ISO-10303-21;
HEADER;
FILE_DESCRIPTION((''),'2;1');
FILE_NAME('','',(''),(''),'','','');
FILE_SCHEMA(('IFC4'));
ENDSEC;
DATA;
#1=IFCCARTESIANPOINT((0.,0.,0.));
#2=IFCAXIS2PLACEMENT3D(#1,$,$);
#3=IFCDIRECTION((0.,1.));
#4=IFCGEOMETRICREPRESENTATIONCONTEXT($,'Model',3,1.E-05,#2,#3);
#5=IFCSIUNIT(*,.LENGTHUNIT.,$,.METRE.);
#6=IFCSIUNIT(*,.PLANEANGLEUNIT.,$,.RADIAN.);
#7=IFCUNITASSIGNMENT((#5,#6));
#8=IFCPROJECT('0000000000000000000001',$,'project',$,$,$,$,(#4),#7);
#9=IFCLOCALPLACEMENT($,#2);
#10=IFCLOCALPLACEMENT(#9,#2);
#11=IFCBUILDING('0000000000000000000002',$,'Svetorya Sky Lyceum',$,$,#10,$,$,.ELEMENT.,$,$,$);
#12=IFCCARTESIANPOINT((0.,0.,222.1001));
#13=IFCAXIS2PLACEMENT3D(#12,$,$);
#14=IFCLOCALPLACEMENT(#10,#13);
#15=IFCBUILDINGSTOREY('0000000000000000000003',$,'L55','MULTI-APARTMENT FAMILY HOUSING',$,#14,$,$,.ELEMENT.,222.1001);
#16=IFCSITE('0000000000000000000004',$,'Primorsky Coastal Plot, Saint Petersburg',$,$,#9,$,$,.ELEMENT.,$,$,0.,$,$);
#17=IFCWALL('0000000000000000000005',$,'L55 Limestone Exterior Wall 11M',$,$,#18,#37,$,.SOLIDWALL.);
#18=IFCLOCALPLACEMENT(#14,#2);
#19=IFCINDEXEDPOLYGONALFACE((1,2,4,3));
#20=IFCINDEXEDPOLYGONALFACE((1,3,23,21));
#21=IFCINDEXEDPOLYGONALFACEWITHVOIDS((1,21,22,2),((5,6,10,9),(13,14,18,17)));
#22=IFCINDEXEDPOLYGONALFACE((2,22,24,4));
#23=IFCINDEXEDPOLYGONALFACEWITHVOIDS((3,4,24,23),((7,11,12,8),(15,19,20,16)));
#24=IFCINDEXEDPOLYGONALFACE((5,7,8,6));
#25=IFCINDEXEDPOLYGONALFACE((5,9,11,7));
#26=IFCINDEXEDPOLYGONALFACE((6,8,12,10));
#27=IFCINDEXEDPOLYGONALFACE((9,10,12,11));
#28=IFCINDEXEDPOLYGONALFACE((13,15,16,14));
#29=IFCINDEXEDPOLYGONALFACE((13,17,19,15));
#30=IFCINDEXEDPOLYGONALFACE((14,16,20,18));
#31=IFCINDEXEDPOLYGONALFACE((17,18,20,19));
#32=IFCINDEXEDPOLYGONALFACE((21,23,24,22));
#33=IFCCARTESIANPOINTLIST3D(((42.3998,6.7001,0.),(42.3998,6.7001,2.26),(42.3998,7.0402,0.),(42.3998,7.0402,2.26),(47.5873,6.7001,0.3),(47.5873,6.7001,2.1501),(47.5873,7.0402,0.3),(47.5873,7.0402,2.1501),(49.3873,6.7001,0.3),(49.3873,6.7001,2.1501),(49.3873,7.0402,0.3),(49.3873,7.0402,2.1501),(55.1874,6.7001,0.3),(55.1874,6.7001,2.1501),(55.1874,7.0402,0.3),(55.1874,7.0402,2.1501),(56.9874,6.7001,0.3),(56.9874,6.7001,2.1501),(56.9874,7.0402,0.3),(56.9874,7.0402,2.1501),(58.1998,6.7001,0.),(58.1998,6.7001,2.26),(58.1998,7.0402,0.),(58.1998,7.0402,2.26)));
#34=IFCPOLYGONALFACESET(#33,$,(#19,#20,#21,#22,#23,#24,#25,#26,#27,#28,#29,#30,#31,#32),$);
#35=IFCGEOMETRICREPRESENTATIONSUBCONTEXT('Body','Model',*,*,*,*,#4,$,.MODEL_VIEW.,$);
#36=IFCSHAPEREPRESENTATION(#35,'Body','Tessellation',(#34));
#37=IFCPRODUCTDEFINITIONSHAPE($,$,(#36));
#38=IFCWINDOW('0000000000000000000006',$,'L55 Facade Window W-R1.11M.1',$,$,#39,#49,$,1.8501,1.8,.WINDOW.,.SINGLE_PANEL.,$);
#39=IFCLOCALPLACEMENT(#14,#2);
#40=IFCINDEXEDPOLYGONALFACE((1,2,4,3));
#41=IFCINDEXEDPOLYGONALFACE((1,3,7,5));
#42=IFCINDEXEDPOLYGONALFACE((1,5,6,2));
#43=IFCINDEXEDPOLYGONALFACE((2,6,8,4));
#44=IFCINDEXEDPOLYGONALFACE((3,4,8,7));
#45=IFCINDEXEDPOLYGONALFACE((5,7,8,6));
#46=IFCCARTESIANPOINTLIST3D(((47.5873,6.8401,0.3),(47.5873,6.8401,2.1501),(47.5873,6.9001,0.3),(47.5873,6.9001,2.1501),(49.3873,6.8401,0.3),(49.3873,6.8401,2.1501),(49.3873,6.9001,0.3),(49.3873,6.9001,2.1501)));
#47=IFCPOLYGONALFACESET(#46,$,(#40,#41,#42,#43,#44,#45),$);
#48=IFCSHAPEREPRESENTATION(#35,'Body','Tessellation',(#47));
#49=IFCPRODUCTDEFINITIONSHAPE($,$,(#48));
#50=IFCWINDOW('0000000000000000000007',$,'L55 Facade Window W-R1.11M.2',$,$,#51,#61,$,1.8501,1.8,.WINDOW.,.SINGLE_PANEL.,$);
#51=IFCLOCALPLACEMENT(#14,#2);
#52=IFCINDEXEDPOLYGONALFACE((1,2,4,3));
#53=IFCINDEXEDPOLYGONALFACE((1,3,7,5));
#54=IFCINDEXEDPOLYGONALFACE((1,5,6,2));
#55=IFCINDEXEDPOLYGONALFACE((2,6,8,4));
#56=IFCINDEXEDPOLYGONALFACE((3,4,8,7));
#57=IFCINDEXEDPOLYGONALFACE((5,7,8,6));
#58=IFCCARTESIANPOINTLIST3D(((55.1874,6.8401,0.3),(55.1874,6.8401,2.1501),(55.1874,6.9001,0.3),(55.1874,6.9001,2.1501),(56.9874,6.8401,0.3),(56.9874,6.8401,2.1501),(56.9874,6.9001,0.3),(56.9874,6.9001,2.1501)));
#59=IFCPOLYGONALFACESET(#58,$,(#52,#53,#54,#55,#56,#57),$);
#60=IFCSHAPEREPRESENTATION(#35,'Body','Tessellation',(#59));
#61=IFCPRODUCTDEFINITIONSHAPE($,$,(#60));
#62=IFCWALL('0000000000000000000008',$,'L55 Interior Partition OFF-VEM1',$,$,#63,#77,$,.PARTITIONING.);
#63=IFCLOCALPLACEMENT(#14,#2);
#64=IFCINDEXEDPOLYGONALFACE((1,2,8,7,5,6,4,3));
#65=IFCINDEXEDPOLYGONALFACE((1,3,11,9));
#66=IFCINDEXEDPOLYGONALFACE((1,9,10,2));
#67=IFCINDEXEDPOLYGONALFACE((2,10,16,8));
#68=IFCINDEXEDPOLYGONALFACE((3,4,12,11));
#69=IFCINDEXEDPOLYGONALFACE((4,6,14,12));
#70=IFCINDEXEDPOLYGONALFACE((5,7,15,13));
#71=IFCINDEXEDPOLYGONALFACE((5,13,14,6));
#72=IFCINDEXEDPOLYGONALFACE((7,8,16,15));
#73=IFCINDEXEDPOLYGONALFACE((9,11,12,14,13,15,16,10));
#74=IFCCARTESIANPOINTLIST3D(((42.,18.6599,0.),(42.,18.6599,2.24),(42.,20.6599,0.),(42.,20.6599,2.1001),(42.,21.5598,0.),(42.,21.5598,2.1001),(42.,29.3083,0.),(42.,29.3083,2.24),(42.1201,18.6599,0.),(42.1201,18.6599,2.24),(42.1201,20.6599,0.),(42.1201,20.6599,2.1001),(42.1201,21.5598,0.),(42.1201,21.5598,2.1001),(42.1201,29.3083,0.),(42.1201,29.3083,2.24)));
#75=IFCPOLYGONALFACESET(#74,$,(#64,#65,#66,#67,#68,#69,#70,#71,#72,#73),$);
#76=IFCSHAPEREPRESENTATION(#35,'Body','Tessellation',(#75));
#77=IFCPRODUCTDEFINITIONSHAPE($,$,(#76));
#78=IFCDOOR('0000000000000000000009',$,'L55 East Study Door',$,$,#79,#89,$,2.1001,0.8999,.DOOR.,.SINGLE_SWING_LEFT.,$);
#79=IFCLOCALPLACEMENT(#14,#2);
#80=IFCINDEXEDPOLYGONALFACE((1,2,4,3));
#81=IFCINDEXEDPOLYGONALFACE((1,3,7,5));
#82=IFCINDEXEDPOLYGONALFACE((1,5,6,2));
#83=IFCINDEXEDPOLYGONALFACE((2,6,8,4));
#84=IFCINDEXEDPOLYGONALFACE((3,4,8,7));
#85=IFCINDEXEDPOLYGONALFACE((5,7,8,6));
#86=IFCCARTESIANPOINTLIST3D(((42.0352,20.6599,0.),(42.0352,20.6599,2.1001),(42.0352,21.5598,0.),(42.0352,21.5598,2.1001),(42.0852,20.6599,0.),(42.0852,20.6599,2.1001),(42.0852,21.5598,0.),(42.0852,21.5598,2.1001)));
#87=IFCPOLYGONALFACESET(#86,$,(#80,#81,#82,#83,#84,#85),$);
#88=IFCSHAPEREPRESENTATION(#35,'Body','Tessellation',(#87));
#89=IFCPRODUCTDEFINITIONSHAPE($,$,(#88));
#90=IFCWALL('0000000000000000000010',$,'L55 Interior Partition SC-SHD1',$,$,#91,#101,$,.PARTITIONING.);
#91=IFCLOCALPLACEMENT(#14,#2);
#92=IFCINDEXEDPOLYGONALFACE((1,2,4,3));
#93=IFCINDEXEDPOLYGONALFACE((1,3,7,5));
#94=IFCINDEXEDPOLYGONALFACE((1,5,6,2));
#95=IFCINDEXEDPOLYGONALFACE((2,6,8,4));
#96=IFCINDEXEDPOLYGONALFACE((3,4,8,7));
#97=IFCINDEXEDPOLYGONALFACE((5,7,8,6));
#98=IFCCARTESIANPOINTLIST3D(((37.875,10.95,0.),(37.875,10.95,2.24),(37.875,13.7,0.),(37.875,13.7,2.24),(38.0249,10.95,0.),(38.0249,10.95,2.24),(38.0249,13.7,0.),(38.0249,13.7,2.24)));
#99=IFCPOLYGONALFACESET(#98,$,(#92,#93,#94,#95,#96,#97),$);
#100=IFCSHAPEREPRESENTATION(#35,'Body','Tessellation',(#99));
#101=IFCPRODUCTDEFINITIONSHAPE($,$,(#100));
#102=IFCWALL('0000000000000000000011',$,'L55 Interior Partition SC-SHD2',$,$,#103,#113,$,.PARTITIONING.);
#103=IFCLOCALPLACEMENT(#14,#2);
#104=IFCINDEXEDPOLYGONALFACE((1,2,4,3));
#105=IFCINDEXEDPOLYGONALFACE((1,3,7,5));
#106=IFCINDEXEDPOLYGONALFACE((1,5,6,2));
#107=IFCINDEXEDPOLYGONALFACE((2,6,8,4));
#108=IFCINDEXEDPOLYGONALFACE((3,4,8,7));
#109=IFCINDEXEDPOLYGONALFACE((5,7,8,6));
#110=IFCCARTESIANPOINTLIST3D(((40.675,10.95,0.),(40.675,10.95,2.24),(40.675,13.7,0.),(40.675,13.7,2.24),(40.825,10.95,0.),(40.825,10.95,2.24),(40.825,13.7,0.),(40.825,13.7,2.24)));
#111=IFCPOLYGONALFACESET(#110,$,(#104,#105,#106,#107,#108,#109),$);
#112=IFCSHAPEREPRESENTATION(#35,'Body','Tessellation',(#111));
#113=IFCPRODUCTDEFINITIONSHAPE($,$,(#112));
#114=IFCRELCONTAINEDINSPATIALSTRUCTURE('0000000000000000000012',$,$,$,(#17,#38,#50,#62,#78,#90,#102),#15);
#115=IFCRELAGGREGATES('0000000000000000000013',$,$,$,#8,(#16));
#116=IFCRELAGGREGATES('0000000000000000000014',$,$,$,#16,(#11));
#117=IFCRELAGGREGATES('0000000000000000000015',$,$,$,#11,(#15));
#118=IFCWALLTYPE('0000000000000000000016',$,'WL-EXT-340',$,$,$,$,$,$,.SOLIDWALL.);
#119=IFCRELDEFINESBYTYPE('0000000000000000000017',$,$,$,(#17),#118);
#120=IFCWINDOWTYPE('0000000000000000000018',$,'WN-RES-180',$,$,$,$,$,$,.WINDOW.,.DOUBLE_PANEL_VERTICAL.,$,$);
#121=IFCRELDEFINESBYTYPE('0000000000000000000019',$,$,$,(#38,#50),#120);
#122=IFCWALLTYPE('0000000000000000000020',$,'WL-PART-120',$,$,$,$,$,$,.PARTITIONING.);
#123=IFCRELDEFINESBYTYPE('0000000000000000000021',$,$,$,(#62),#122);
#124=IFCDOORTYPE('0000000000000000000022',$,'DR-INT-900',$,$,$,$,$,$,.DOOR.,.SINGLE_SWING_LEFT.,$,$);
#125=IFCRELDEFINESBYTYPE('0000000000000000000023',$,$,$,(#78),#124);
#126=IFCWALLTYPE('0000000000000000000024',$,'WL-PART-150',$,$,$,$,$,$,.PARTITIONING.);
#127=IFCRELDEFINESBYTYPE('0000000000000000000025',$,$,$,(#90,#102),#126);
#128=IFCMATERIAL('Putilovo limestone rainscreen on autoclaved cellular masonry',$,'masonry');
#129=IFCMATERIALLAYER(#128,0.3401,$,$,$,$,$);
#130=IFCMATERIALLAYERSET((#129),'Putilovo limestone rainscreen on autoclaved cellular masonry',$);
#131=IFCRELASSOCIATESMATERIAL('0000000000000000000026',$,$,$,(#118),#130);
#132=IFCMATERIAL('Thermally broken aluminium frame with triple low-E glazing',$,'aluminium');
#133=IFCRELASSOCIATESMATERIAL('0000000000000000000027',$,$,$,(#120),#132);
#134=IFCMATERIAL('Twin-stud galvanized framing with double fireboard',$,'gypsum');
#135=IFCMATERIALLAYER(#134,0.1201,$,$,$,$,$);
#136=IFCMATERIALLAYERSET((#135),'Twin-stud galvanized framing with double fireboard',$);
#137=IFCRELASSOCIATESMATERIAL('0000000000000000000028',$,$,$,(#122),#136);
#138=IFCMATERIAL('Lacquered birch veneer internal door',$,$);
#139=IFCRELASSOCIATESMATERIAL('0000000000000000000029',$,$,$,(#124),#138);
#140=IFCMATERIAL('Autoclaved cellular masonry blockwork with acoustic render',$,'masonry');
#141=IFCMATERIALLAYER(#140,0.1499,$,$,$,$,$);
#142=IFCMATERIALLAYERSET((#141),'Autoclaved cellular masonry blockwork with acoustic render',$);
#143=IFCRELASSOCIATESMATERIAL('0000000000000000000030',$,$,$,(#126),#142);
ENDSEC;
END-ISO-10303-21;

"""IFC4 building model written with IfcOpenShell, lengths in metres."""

from ifc_helpers import new_model, si_unit, direction, frame, frame_2d, origin, place, context, subcontext, project, spatial, rectangle, extrude, material, layer, layer_set, type_object, element, fill, save


model = new_model("IFC4")

# Units and contexts
model_context = context("Model", 3, precision=1e-05, world=origin(), true_north=direction((0.0, 1.0)))
body_context = subcontext(model_context, "Body", "Model", "MODEL_VIEW")
ifc_project = project(units=[si_unit("LENGTHUNIT", "METRE"), si_unit("PLANEANGLEUNIT", "RADIAN")], contexts=[model_context])

# Site, building, storey
site_placement = place(None, origin())
site = spatial("IfcSite", under=ifc_project, at=site_placement, Name="Primorsky Coastal Plot, Saint Petersburg", CompositionType="ELEMENT", RefElevation=0.0)
building_placement = place(site_placement, origin())
building = spatial("IfcBuilding", under=site, at=building_placement, Name="Svetorya Sky Lyceum", CompositionType="ELEMENT")
storey_placement = place(building_placement, frame((0.0, 0.0, 222.1001)))
storey = spatial("IfcBuildingStorey", under=building, at=storey_placement, Name="L55", Description="MULTI-APARTMENT FAMILY HOUSING", CompositionType="ELEMENT", Elevation=222.1001)

# Shared definitions
ifc_material_1 = material(Name="Putilovo limestone rainscreen on autoclaved cellular masonry", Category="masonry")
ifc_layer_1 = layer(ifc_material_1, 0.3401)
ifc_layer_set_1 = layer_set([ifc_layer_1], Name="Putilovo limestone rainscreen on autoclaved cellular masonry")
wall_type_1 = type_object("IfcWallType", Name="WL-EXT-340", PredefinedType="SOLIDWALL", material=ifc_layer_set_1)

# Wall, openings, windows
wall_1_placement = place(storey_placement, frame((42.3999, 6.8701, 0.0), z_axis=(0.0, 0.0, 1.0), x_axis=(1.0, 0.0, 0.0)))
wall_1 = element("IfcWall", 1, at=wall_1_placement, inside=storey, type_object=wall_type_1, Name="L55 Limestone Exterior Wall 11M", PredefinedType="SOLIDWALL", context=body_context, shape_type="SweptSolid", body=[
    extrude(rectangle(XDim=15.8, YDim=0.3401, at=frame_2d((7.8999, 0.0))), origin(), (0.0, 0.0, 1.0), 2.26),
])
opening_1_placement = place(wall_1_placement, frame((5.1875, 0.0, 0.3)))
opening_1 = element("IfcOpeningElement", 2, at=opening_1_placement, cuts=wall_1, PredefinedType="OPENING", context=body_context, shape_type="SweptSolid", body=[
    extrude(rectangle(XDim=1.8, YDim=1.8501, at=frame_2d((0.8999, 0.925))), frame((0.0, 0.1799, 0.0), z_axis=(0.0, -1.0, 0.0), x_axis=(1.0, 0.0, 0.0)), (0.0, 0.0, 1.0), 0.3601),
])
opening_2_placement = place(wall_1_placement, frame((12.7876, 0.0, 0.3)))
opening_2 = element("IfcOpeningElement", 3, at=opening_2_placement, cuts=wall_1, PredefinedType="OPENING", context=body_context, shape_type="SweptSolid", body=[
    extrude(rectangle(XDim=1.8, YDim=1.8501, at=frame_2d((0.8999, 0.925))), frame((0.0, 0.1799, 0.0), z_axis=(0.0, -1.0, 0.0), x_axis=(1.0, 0.0, 0.0)), (0.0, 0.0, 1.0), 0.3601),
])
ifc_material_2 = material(Name="Thermally broken aluminium frame with triple low-E glazing", Category="aluminium")
window_type = type_object("IfcWindowType", Name="WN-RES-180", PartitioningType="DOUBLE_PANEL_VERTICAL", PredefinedType="WINDOW", material=ifc_material_2)
window_1_placement = place(opening_1_placement, origin())
window_1 = element("IfcWindow", 4, at=window_1_placement, inside=storey, type_object=window_type, Name="L55 Facade Window W-R1.11M.1", OverallHeight=1.8501, OverallWidth=1.8, PartitioningType="SINGLE_PANEL", PredefinedType="WINDOW", context=body_context, shape_type="SweptSolid", body=[
    extrude(rectangle(XDim=1.8, YDim=1.8501, at=frame_2d((0.8999, 0.925))), frame((0.0, 0.03, 0.0), z_axis=(0.0, -1.0, 0.0), x_axis=(1.0, 0.0, 0.0)), (0.0, 0.0, 1.0), 0.0601),
])
fill(opening_1, window_1)
window_2_placement = place(opening_2_placement, origin())
window_2 = element("IfcWindow", 5, at=window_2_placement, inside=storey, type_object=window_type, Name="L55 Facade Window W-R1.11M.2", OverallHeight=1.8501, OverallWidth=1.8, PartitioningType="SINGLE_PANEL", PredefinedType="WINDOW", context=body_context, shape_type="SweptSolid", body=[
    extrude(rectangle(XDim=1.8, YDim=1.8501, at=frame_2d((0.8999, 0.925))), frame((0.0, 0.03, 0.0), z_axis=(0.0, -1.0, 0.0), x_axis=(1.0, 0.0, 0.0)), (0.0, 0.0, 1.0), 0.0601),
])
fill(opening_2, window_2)

# Wall, opening, door
ifc_material_3 = material(Name="Twin-stud galvanized framing with double fireboard", Category="gypsum")
ifc_layer_2 = layer(ifc_material_3, 0.1201)
ifc_layer_set_2 = layer_set([ifc_layer_2], Name="Twin-stud galvanized framing with double fireboard")
wall_type_2 = type_object("IfcWallType", Name="WL-PART-120", PredefinedType="PARTITIONING", material=ifc_layer_set_2)
wall_2_placement = place(storey_placement, frame((42.0601, 18.6599, 0.0), z_axis=(0.0, 0.0, 1.0), x_axis=(0.0, 1.0, 0.0)))
wall_2 = element("IfcWall", 6, at=wall_2_placement, inside=storey, type_object=wall_type_2, Name="L55 Interior Partition OFF-VEM1", PredefinedType="PARTITIONING", context=body_context, shape_type="SweptSolid", body=[
    extrude(rectangle(XDim=10.6484, YDim=0.1201, at=frame_2d((5.3242, 0.0))), origin(), (0.0, 0.0, 1.0), 2.24),
])
opening_3_placement = place(wall_2_placement, frame((2.0, 0.0, 0.0)))
opening_3 = element("IfcOpeningElement", 7, at=opening_3_placement, cuts=wall_2, PredefinedType="OPENING", context=body_context, shape_type="SweptSolid", body=[
    extrude(rectangle(XDim=0.8999, YDim=2.1001, at=frame_2d((0.45, 1.05))), frame((0.0, 0.0701, 0.0), z_axis=(0.0, -1.0, 0.0), x_axis=(1.0, 0.0, 0.0)), (0.0, 0.0, 1.0), 0.1401),
])
ifc_material_4 = material(Name="Lacquered birch veneer internal door")
door_type_1 = type_object("IfcDoorType", Name="DR-INT-900", OperationType="SINGLE_SWING_LEFT", PredefinedType="DOOR", material=ifc_material_4)
door_1_placement = place(opening_3_placement, origin())
door_1 = element("IfcDoor", 8, at=door_1_placement, inside=storey, type_object=door_type_1, Name="L55 East Study Door", OperationType="SINGLE_SWING_LEFT", OverallHeight=2.1001, OverallWidth=0.8999, PredefinedType="DOOR", context=body_context, shape_type="SweptSolid", body=[
    extrude(rectangle(XDim=0.8999, YDim=2.1001, at=frame_2d((0.45, 1.05))), frame((0.0, 0.0249, 0.0), z_axis=(0.0, -1.0, 0.0), x_axis=(1.0, 0.0, 0.0)), (0.0, 0.0, 1.0), 0.05),
])
fill(opening_3, door_1)

# Walls
ifc_material_5 = material(Name="Autoclaved cellular masonry blockwork with acoustic render", Category="masonry")
ifc_layer_3 = layer(ifc_material_5, 0.1499)
ifc_layer_set_3 = layer_set([ifc_layer_3], Name="Autoclaved cellular masonry blockwork with acoustic render")
wall_type_3 = type_object("IfcWallType", Name="WL-PART-150", PredefinedType="PARTITIONING", material=ifc_layer_set_3)
for number, where, z_axis, x_axis, name in (
    (9, (37.95, 10.95, 0.0), (0.0, 0.0, 1.0), (0.0, 1.0, 0.0), "L55 Interior Partition SC-SHD1"),
    (10, (40.75, 10.95, 0.0), (0.0, 0.0, 1.0), (0.0, 1.0, 0.0), "L55 Interior Partition SC-SHD2"),
):
    element("IfcWall", number, at=place(storey_placement, frame(where, z_axis=z_axis, x_axis=x_axis)), inside=storey, type_object=wall_type_3, Name=name, PredefinedType="PARTITIONING", context=body_context, shape_type="SweptSolid", body=[
        extrude(rectangle(XDim=2.75, YDim=0.1499, at=frame_2d((1.375, 0.0))), origin(), (0.0, 0.0, 1.0), 2.24),
    ])

save(model, "model.ifc")
